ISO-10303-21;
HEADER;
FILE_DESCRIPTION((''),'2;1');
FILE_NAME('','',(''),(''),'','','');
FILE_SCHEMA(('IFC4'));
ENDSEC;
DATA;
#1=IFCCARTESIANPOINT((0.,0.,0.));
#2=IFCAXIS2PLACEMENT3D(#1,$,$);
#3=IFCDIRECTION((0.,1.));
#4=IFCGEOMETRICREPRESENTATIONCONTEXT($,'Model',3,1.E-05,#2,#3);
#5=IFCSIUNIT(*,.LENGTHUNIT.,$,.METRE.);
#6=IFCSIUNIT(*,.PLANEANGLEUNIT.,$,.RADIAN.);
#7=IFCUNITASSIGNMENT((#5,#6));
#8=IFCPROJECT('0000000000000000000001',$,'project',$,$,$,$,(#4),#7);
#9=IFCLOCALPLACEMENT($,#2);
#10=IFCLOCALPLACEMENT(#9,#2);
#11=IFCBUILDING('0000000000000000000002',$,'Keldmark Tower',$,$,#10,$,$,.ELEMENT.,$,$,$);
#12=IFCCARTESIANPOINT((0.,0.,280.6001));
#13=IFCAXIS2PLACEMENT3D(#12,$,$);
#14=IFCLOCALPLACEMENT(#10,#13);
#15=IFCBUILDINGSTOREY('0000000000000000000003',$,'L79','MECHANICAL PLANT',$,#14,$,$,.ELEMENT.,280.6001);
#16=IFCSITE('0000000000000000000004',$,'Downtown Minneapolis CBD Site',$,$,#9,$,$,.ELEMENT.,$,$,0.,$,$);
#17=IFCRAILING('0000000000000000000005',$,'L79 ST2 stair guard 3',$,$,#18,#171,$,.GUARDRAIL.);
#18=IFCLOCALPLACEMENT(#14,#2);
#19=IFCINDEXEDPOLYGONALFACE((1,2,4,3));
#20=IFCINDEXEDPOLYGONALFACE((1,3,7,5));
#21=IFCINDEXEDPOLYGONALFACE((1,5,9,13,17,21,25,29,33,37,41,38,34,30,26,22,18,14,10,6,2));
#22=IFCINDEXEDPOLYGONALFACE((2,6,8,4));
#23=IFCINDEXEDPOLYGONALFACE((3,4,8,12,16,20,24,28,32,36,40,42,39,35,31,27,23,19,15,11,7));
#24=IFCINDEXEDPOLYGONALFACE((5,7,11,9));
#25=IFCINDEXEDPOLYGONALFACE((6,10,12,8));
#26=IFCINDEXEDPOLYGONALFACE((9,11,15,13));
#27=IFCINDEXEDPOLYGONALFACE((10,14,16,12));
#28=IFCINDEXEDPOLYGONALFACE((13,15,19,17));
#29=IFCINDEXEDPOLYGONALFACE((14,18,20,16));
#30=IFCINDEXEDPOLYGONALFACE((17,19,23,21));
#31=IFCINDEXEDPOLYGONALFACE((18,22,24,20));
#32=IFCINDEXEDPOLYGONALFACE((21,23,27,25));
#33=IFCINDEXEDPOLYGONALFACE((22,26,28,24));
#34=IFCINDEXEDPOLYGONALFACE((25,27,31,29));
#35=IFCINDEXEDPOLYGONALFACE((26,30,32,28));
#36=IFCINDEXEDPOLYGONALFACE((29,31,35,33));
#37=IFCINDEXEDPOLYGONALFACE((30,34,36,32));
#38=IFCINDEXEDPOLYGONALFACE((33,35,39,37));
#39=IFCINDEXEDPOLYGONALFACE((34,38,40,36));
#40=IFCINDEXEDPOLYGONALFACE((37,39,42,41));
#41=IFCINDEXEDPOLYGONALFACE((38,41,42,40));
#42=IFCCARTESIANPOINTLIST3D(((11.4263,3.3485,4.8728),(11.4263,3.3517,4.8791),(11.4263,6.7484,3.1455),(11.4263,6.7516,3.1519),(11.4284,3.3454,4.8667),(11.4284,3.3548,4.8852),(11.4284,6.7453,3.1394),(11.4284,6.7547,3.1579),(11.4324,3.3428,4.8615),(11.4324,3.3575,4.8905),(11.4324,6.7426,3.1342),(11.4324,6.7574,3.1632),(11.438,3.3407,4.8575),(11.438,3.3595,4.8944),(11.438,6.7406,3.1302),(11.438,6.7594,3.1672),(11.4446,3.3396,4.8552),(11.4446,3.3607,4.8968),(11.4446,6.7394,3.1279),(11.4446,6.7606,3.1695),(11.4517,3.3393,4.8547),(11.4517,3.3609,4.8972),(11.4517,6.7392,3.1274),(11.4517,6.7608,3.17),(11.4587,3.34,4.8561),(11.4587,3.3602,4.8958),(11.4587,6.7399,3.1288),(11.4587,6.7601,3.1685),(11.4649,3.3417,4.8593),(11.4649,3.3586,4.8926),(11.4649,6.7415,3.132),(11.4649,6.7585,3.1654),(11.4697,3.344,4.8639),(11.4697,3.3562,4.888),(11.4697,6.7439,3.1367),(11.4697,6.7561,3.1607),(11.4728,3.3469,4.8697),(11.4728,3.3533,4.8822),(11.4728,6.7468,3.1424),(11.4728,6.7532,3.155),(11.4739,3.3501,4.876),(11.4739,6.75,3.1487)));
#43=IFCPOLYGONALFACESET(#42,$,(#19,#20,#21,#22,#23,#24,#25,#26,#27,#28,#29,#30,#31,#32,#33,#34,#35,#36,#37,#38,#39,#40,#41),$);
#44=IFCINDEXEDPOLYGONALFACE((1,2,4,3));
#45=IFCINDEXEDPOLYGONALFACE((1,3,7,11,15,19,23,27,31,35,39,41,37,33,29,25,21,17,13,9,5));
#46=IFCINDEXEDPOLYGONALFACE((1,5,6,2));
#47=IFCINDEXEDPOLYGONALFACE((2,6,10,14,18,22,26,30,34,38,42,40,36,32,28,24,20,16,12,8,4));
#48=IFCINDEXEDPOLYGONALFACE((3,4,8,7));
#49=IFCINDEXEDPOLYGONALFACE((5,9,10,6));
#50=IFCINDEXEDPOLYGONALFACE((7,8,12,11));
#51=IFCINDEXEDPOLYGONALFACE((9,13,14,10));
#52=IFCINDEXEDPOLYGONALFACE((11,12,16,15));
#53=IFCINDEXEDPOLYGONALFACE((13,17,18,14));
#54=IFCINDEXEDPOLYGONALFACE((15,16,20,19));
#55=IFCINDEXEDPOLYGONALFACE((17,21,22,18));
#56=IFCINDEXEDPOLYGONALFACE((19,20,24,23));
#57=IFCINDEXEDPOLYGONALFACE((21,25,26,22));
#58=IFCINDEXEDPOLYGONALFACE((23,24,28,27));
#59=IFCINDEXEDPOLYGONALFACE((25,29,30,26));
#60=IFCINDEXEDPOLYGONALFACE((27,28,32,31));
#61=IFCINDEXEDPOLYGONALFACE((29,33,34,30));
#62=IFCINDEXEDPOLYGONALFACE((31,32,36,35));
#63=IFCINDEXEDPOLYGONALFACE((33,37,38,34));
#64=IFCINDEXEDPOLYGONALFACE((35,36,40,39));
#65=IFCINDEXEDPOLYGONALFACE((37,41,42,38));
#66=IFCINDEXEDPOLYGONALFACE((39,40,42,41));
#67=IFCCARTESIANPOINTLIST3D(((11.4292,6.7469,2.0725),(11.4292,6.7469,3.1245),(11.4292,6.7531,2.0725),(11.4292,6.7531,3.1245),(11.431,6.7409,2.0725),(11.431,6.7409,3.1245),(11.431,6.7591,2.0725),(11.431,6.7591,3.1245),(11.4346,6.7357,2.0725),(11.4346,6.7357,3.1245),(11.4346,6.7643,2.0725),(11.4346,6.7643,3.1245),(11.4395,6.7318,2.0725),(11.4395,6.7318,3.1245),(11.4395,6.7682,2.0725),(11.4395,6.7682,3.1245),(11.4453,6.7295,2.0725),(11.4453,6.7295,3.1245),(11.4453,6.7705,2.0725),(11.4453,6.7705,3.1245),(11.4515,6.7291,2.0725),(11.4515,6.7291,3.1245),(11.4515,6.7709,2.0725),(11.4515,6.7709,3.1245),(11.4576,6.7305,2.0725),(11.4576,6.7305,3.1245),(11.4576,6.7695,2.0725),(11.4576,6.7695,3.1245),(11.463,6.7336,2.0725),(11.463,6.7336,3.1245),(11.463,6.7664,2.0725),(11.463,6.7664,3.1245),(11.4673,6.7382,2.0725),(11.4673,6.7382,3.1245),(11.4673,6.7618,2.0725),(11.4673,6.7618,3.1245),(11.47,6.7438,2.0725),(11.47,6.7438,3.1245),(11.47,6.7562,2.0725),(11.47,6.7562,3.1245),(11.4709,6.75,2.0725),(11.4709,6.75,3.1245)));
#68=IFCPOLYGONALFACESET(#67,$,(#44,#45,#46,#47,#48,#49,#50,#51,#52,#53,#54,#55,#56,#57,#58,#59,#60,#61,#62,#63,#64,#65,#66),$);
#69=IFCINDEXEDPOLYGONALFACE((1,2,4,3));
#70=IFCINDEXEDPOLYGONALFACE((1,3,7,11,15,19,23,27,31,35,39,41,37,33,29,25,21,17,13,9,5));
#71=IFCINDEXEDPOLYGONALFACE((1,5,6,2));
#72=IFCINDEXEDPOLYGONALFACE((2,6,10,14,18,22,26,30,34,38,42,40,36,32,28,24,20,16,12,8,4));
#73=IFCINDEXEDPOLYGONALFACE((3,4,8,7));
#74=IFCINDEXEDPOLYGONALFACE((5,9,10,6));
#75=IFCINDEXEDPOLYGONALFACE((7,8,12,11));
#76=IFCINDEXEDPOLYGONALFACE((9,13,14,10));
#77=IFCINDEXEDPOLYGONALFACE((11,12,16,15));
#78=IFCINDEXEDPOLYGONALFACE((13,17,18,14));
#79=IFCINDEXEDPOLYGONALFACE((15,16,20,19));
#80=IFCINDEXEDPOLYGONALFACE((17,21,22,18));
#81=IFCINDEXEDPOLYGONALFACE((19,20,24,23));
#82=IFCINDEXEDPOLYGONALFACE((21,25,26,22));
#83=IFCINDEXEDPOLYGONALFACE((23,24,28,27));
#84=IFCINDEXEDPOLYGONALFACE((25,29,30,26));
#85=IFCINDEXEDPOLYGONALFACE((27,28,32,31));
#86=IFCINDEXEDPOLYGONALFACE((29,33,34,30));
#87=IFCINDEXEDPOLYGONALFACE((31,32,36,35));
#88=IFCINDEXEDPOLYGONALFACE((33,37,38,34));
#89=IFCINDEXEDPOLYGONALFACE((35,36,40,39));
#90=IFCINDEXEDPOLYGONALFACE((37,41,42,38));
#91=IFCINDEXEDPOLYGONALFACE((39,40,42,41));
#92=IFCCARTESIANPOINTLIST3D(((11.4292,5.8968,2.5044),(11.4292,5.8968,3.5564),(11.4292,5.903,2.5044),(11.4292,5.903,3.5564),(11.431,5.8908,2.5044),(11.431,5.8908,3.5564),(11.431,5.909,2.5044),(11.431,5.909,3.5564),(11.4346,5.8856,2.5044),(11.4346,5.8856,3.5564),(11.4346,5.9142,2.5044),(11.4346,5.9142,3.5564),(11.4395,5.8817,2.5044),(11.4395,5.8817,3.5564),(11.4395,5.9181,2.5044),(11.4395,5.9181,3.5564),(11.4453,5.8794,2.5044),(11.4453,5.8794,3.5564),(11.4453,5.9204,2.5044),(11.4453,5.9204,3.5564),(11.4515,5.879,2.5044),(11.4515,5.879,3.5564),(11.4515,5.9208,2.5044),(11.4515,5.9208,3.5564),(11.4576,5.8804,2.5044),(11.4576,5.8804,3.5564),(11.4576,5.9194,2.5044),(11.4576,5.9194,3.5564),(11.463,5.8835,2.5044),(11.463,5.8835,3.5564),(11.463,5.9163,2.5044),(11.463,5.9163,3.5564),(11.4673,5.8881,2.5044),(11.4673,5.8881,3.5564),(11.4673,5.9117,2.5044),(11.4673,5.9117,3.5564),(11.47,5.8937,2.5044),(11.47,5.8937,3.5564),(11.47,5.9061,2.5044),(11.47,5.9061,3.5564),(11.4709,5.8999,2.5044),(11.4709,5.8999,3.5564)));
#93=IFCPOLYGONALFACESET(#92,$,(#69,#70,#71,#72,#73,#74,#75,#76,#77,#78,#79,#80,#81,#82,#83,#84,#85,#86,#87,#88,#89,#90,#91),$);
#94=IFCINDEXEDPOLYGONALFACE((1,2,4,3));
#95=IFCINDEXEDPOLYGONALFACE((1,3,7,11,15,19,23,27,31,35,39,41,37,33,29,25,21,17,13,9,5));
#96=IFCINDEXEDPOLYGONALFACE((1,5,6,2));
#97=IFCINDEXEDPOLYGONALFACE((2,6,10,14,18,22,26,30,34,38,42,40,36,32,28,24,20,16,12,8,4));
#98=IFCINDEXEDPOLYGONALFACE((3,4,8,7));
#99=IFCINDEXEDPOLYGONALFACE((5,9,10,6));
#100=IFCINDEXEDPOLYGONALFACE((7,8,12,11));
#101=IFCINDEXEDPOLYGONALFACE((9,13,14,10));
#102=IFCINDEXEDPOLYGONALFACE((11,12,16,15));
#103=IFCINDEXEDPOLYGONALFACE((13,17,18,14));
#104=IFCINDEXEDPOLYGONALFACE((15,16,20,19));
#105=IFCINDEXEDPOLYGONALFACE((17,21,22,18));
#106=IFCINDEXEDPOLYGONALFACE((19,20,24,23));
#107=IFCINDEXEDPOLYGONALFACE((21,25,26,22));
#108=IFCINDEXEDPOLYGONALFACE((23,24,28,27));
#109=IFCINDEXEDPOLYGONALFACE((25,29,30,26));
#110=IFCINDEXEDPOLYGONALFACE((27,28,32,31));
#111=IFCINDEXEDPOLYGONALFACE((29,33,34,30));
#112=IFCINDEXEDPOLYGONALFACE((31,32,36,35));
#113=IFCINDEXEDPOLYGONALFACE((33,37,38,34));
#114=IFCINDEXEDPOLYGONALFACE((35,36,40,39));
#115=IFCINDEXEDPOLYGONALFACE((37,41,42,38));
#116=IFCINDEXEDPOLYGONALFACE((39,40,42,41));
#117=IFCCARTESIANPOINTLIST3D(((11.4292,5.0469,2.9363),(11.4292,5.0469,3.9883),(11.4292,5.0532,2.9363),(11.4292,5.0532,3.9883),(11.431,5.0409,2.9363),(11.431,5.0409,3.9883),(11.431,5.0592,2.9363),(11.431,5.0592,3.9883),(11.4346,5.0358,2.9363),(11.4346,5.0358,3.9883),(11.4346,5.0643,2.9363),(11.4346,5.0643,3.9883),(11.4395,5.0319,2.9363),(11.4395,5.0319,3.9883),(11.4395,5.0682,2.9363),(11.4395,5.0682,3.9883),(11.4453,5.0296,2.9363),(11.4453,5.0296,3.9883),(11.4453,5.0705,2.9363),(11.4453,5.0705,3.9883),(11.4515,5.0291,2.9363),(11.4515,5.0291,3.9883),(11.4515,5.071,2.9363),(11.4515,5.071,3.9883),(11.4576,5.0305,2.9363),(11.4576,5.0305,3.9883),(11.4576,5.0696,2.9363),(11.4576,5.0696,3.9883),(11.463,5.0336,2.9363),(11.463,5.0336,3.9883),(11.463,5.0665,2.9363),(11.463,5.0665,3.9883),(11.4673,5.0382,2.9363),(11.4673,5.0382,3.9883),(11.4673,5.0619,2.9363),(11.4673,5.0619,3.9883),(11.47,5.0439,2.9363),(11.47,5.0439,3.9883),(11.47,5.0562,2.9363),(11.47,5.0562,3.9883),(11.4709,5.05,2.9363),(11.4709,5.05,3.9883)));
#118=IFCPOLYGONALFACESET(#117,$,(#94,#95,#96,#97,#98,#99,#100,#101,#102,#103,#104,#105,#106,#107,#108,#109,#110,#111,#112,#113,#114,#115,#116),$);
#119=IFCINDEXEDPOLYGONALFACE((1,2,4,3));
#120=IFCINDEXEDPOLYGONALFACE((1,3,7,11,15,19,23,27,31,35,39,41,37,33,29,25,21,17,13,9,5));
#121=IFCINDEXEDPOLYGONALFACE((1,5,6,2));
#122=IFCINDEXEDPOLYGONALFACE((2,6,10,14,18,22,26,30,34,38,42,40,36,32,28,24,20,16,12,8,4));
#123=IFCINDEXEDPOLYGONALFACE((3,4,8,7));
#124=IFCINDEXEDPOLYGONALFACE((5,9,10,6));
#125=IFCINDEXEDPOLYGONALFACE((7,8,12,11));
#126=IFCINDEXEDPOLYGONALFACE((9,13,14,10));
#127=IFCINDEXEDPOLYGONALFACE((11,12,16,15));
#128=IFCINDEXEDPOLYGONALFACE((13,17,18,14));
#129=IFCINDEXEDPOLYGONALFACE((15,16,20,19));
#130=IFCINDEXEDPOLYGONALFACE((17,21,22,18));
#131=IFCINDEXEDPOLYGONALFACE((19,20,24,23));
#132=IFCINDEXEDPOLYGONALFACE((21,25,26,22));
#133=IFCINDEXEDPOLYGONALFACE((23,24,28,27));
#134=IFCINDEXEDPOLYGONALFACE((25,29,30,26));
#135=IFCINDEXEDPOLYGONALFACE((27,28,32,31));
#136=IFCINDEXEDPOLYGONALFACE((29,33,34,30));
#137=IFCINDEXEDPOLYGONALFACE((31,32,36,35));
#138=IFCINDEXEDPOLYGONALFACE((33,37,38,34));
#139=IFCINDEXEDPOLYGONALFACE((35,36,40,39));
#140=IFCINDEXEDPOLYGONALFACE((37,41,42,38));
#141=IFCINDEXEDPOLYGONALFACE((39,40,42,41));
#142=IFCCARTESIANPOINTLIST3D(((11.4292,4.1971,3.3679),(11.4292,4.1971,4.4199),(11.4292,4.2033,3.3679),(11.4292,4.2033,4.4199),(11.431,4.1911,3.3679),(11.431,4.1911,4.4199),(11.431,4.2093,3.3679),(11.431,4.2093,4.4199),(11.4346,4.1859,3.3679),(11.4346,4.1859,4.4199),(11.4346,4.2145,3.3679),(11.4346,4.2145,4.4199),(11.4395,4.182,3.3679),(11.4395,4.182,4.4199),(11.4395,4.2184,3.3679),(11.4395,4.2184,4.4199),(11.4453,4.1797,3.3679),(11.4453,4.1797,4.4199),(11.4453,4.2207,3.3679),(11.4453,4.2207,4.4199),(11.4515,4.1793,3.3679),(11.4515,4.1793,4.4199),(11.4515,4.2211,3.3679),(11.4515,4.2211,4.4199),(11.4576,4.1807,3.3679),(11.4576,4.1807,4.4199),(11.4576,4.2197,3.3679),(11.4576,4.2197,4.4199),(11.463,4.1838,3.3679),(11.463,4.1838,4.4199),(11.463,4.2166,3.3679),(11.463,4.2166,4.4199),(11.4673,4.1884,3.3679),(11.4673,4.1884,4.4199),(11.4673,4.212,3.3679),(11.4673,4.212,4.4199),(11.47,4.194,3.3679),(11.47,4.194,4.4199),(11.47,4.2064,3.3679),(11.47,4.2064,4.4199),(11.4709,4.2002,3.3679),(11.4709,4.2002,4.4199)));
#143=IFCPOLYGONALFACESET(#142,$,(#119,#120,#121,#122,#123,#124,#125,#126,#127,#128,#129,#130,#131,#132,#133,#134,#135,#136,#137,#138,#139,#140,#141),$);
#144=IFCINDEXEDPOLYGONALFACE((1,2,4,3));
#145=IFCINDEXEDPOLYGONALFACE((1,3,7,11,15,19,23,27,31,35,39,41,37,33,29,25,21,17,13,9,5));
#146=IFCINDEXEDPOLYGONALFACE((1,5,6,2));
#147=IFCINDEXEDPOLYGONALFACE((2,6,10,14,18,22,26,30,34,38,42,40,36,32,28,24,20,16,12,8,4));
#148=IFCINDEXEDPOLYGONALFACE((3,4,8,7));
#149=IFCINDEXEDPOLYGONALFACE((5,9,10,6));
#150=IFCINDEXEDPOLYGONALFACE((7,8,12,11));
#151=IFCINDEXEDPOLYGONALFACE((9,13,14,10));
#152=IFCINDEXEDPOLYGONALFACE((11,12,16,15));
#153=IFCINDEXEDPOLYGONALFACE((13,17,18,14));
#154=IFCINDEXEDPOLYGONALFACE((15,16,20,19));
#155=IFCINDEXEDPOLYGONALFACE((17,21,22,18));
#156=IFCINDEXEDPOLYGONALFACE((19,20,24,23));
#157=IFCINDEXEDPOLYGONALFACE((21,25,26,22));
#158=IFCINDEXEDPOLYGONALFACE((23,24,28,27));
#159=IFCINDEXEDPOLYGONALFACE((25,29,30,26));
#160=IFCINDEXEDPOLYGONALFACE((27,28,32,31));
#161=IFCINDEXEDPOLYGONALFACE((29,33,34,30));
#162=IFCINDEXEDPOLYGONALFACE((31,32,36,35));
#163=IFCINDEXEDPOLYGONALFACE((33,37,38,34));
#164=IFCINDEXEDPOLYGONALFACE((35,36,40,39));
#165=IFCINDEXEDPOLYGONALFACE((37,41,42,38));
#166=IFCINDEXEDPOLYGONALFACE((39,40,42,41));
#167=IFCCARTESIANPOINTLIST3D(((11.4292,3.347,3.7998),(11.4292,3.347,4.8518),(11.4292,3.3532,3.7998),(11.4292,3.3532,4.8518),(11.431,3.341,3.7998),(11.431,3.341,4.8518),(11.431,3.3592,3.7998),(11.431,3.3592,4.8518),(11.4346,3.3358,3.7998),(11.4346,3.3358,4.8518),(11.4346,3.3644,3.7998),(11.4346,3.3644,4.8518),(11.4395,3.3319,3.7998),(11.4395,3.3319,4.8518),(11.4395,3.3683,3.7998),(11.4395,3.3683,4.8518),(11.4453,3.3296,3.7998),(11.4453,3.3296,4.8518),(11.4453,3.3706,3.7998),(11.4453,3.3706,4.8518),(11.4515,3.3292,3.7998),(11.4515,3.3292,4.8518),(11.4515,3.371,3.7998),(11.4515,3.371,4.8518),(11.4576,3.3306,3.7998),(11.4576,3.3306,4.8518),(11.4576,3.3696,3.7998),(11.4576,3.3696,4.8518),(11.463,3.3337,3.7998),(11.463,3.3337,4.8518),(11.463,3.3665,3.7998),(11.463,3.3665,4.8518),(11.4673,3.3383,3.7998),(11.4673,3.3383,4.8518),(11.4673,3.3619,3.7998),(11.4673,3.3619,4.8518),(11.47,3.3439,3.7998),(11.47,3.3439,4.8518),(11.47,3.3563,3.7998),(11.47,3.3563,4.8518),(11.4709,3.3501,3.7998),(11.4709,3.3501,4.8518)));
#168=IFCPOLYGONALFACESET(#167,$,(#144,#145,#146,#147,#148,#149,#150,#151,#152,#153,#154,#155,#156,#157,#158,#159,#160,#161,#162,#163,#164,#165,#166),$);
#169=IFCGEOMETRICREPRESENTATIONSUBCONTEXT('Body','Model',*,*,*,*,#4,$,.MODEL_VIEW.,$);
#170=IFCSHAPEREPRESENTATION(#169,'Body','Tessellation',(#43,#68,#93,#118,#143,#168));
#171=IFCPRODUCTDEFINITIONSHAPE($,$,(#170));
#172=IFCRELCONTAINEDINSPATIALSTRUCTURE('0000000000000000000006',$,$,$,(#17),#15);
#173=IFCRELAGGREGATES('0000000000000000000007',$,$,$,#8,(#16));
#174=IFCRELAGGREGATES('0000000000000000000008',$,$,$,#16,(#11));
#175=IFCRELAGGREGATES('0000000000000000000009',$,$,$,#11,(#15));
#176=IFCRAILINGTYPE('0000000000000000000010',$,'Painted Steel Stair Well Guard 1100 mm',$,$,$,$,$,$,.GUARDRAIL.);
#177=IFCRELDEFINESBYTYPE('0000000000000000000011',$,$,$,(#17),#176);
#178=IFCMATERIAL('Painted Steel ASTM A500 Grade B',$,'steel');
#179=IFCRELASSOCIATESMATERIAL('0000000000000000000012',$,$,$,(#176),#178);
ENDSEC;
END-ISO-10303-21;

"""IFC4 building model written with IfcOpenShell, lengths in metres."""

from ifc_helpers import new_model, si_unit, direction, frame, origin, origin_2d, place, context, subcontext, project, spatial, circle, extrude, material, type_object, element, save


model = new_model("IFC4")

# Units and contexts
model_context = context("Model", 3, precision=1e-05, world=origin(), true_north=direction((0.0, 1.0)))
body_context = subcontext(model_context, "Body", "Model", "MODEL_VIEW")
ifc_project = project(units=[si_unit("LENGTHUNIT", "METRE"), si_unit("PLANEANGLEUNIT", "RADIAN")], contexts=[model_context])

# Site, building, storey
site_placement = place(None, origin())
site = spatial("IfcSite", under=ifc_project, at=site_placement, Name="Downtown Minneapolis CBD Site", CompositionType="ELEMENT", RefElevation=0.0)
building_placement = place(site_placement, origin())
building = spatial("IfcBuilding", under=site, at=building_placement, Name="Keldmark Tower", CompositionType="ELEMENT")
storey_placement = place(building_placement, frame((0.0, 0.0, 280.6001)))
storey = spatial("IfcBuildingStorey", under=building, at=storey_placement, Name="L79", Description="MECHANICAL PLANT", CompositionType="ELEMENT", Elevation=280.6001)

# Railing
ifc_material_1 = material(Name="Painted Steel ASTM A500 Grade B", Category="steel")
railing_type_1 = type_object("IfcRailingType", Name="Painted Steel Stair Well Guard 1100 mm", PredefinedType="GUARDRAIL", material=ifc_material_1)
railing_1_placement = place(storey_placement, frame((11.45, 6.75, 2.0725)))
element("IfcRailing", 1, at=railing_1_placement, inside=storey, type_object=railing_type_1, Name="L79 ST2 stair guard 3", PredefinedType="GUARDRAIL", context=body_context, shape_type="SweptSolid", body=[
    extrude(circle(Radius=0.0239, at=origin_2d()), frame((0.0, 0.0, 1.0762), z_axis=(0.0, -0.891541, 0.452941), x_axis=(1.0, 0.0, 0.0)), (0.0, 0.0, 1.0), 3.8135),
    extrude(circle(Radius=0.021, at=origin_2d()), origin(), (0.0, 0.0, 1.0), 1.052),
    extrude(circle(Radius=0.021, at=origin_2d()), frame((0.0, -0.8501, 0.4319)), (0.0, 0.0, 1.0), 1.052),
    extrude(circle(Radius=0.021, at=origin_2d()), frame((0.0, -1.7, 0.8638)), (0.0, 0.0, 1.0), 1.052),
    extrude(circle(Radius=0.021, at=origin_2d()), frame((0.0, -2.5498, 1.2954)), (0.0, 0.0, 1.0), 1.052),
    extrude(circle(Radius=0.021, at=origin_2d()), frame((0.0, -3.3999, 1.7273)), (0.0, 0.0, 1.0), 1.052),
])

save(model, "model.ifc")
